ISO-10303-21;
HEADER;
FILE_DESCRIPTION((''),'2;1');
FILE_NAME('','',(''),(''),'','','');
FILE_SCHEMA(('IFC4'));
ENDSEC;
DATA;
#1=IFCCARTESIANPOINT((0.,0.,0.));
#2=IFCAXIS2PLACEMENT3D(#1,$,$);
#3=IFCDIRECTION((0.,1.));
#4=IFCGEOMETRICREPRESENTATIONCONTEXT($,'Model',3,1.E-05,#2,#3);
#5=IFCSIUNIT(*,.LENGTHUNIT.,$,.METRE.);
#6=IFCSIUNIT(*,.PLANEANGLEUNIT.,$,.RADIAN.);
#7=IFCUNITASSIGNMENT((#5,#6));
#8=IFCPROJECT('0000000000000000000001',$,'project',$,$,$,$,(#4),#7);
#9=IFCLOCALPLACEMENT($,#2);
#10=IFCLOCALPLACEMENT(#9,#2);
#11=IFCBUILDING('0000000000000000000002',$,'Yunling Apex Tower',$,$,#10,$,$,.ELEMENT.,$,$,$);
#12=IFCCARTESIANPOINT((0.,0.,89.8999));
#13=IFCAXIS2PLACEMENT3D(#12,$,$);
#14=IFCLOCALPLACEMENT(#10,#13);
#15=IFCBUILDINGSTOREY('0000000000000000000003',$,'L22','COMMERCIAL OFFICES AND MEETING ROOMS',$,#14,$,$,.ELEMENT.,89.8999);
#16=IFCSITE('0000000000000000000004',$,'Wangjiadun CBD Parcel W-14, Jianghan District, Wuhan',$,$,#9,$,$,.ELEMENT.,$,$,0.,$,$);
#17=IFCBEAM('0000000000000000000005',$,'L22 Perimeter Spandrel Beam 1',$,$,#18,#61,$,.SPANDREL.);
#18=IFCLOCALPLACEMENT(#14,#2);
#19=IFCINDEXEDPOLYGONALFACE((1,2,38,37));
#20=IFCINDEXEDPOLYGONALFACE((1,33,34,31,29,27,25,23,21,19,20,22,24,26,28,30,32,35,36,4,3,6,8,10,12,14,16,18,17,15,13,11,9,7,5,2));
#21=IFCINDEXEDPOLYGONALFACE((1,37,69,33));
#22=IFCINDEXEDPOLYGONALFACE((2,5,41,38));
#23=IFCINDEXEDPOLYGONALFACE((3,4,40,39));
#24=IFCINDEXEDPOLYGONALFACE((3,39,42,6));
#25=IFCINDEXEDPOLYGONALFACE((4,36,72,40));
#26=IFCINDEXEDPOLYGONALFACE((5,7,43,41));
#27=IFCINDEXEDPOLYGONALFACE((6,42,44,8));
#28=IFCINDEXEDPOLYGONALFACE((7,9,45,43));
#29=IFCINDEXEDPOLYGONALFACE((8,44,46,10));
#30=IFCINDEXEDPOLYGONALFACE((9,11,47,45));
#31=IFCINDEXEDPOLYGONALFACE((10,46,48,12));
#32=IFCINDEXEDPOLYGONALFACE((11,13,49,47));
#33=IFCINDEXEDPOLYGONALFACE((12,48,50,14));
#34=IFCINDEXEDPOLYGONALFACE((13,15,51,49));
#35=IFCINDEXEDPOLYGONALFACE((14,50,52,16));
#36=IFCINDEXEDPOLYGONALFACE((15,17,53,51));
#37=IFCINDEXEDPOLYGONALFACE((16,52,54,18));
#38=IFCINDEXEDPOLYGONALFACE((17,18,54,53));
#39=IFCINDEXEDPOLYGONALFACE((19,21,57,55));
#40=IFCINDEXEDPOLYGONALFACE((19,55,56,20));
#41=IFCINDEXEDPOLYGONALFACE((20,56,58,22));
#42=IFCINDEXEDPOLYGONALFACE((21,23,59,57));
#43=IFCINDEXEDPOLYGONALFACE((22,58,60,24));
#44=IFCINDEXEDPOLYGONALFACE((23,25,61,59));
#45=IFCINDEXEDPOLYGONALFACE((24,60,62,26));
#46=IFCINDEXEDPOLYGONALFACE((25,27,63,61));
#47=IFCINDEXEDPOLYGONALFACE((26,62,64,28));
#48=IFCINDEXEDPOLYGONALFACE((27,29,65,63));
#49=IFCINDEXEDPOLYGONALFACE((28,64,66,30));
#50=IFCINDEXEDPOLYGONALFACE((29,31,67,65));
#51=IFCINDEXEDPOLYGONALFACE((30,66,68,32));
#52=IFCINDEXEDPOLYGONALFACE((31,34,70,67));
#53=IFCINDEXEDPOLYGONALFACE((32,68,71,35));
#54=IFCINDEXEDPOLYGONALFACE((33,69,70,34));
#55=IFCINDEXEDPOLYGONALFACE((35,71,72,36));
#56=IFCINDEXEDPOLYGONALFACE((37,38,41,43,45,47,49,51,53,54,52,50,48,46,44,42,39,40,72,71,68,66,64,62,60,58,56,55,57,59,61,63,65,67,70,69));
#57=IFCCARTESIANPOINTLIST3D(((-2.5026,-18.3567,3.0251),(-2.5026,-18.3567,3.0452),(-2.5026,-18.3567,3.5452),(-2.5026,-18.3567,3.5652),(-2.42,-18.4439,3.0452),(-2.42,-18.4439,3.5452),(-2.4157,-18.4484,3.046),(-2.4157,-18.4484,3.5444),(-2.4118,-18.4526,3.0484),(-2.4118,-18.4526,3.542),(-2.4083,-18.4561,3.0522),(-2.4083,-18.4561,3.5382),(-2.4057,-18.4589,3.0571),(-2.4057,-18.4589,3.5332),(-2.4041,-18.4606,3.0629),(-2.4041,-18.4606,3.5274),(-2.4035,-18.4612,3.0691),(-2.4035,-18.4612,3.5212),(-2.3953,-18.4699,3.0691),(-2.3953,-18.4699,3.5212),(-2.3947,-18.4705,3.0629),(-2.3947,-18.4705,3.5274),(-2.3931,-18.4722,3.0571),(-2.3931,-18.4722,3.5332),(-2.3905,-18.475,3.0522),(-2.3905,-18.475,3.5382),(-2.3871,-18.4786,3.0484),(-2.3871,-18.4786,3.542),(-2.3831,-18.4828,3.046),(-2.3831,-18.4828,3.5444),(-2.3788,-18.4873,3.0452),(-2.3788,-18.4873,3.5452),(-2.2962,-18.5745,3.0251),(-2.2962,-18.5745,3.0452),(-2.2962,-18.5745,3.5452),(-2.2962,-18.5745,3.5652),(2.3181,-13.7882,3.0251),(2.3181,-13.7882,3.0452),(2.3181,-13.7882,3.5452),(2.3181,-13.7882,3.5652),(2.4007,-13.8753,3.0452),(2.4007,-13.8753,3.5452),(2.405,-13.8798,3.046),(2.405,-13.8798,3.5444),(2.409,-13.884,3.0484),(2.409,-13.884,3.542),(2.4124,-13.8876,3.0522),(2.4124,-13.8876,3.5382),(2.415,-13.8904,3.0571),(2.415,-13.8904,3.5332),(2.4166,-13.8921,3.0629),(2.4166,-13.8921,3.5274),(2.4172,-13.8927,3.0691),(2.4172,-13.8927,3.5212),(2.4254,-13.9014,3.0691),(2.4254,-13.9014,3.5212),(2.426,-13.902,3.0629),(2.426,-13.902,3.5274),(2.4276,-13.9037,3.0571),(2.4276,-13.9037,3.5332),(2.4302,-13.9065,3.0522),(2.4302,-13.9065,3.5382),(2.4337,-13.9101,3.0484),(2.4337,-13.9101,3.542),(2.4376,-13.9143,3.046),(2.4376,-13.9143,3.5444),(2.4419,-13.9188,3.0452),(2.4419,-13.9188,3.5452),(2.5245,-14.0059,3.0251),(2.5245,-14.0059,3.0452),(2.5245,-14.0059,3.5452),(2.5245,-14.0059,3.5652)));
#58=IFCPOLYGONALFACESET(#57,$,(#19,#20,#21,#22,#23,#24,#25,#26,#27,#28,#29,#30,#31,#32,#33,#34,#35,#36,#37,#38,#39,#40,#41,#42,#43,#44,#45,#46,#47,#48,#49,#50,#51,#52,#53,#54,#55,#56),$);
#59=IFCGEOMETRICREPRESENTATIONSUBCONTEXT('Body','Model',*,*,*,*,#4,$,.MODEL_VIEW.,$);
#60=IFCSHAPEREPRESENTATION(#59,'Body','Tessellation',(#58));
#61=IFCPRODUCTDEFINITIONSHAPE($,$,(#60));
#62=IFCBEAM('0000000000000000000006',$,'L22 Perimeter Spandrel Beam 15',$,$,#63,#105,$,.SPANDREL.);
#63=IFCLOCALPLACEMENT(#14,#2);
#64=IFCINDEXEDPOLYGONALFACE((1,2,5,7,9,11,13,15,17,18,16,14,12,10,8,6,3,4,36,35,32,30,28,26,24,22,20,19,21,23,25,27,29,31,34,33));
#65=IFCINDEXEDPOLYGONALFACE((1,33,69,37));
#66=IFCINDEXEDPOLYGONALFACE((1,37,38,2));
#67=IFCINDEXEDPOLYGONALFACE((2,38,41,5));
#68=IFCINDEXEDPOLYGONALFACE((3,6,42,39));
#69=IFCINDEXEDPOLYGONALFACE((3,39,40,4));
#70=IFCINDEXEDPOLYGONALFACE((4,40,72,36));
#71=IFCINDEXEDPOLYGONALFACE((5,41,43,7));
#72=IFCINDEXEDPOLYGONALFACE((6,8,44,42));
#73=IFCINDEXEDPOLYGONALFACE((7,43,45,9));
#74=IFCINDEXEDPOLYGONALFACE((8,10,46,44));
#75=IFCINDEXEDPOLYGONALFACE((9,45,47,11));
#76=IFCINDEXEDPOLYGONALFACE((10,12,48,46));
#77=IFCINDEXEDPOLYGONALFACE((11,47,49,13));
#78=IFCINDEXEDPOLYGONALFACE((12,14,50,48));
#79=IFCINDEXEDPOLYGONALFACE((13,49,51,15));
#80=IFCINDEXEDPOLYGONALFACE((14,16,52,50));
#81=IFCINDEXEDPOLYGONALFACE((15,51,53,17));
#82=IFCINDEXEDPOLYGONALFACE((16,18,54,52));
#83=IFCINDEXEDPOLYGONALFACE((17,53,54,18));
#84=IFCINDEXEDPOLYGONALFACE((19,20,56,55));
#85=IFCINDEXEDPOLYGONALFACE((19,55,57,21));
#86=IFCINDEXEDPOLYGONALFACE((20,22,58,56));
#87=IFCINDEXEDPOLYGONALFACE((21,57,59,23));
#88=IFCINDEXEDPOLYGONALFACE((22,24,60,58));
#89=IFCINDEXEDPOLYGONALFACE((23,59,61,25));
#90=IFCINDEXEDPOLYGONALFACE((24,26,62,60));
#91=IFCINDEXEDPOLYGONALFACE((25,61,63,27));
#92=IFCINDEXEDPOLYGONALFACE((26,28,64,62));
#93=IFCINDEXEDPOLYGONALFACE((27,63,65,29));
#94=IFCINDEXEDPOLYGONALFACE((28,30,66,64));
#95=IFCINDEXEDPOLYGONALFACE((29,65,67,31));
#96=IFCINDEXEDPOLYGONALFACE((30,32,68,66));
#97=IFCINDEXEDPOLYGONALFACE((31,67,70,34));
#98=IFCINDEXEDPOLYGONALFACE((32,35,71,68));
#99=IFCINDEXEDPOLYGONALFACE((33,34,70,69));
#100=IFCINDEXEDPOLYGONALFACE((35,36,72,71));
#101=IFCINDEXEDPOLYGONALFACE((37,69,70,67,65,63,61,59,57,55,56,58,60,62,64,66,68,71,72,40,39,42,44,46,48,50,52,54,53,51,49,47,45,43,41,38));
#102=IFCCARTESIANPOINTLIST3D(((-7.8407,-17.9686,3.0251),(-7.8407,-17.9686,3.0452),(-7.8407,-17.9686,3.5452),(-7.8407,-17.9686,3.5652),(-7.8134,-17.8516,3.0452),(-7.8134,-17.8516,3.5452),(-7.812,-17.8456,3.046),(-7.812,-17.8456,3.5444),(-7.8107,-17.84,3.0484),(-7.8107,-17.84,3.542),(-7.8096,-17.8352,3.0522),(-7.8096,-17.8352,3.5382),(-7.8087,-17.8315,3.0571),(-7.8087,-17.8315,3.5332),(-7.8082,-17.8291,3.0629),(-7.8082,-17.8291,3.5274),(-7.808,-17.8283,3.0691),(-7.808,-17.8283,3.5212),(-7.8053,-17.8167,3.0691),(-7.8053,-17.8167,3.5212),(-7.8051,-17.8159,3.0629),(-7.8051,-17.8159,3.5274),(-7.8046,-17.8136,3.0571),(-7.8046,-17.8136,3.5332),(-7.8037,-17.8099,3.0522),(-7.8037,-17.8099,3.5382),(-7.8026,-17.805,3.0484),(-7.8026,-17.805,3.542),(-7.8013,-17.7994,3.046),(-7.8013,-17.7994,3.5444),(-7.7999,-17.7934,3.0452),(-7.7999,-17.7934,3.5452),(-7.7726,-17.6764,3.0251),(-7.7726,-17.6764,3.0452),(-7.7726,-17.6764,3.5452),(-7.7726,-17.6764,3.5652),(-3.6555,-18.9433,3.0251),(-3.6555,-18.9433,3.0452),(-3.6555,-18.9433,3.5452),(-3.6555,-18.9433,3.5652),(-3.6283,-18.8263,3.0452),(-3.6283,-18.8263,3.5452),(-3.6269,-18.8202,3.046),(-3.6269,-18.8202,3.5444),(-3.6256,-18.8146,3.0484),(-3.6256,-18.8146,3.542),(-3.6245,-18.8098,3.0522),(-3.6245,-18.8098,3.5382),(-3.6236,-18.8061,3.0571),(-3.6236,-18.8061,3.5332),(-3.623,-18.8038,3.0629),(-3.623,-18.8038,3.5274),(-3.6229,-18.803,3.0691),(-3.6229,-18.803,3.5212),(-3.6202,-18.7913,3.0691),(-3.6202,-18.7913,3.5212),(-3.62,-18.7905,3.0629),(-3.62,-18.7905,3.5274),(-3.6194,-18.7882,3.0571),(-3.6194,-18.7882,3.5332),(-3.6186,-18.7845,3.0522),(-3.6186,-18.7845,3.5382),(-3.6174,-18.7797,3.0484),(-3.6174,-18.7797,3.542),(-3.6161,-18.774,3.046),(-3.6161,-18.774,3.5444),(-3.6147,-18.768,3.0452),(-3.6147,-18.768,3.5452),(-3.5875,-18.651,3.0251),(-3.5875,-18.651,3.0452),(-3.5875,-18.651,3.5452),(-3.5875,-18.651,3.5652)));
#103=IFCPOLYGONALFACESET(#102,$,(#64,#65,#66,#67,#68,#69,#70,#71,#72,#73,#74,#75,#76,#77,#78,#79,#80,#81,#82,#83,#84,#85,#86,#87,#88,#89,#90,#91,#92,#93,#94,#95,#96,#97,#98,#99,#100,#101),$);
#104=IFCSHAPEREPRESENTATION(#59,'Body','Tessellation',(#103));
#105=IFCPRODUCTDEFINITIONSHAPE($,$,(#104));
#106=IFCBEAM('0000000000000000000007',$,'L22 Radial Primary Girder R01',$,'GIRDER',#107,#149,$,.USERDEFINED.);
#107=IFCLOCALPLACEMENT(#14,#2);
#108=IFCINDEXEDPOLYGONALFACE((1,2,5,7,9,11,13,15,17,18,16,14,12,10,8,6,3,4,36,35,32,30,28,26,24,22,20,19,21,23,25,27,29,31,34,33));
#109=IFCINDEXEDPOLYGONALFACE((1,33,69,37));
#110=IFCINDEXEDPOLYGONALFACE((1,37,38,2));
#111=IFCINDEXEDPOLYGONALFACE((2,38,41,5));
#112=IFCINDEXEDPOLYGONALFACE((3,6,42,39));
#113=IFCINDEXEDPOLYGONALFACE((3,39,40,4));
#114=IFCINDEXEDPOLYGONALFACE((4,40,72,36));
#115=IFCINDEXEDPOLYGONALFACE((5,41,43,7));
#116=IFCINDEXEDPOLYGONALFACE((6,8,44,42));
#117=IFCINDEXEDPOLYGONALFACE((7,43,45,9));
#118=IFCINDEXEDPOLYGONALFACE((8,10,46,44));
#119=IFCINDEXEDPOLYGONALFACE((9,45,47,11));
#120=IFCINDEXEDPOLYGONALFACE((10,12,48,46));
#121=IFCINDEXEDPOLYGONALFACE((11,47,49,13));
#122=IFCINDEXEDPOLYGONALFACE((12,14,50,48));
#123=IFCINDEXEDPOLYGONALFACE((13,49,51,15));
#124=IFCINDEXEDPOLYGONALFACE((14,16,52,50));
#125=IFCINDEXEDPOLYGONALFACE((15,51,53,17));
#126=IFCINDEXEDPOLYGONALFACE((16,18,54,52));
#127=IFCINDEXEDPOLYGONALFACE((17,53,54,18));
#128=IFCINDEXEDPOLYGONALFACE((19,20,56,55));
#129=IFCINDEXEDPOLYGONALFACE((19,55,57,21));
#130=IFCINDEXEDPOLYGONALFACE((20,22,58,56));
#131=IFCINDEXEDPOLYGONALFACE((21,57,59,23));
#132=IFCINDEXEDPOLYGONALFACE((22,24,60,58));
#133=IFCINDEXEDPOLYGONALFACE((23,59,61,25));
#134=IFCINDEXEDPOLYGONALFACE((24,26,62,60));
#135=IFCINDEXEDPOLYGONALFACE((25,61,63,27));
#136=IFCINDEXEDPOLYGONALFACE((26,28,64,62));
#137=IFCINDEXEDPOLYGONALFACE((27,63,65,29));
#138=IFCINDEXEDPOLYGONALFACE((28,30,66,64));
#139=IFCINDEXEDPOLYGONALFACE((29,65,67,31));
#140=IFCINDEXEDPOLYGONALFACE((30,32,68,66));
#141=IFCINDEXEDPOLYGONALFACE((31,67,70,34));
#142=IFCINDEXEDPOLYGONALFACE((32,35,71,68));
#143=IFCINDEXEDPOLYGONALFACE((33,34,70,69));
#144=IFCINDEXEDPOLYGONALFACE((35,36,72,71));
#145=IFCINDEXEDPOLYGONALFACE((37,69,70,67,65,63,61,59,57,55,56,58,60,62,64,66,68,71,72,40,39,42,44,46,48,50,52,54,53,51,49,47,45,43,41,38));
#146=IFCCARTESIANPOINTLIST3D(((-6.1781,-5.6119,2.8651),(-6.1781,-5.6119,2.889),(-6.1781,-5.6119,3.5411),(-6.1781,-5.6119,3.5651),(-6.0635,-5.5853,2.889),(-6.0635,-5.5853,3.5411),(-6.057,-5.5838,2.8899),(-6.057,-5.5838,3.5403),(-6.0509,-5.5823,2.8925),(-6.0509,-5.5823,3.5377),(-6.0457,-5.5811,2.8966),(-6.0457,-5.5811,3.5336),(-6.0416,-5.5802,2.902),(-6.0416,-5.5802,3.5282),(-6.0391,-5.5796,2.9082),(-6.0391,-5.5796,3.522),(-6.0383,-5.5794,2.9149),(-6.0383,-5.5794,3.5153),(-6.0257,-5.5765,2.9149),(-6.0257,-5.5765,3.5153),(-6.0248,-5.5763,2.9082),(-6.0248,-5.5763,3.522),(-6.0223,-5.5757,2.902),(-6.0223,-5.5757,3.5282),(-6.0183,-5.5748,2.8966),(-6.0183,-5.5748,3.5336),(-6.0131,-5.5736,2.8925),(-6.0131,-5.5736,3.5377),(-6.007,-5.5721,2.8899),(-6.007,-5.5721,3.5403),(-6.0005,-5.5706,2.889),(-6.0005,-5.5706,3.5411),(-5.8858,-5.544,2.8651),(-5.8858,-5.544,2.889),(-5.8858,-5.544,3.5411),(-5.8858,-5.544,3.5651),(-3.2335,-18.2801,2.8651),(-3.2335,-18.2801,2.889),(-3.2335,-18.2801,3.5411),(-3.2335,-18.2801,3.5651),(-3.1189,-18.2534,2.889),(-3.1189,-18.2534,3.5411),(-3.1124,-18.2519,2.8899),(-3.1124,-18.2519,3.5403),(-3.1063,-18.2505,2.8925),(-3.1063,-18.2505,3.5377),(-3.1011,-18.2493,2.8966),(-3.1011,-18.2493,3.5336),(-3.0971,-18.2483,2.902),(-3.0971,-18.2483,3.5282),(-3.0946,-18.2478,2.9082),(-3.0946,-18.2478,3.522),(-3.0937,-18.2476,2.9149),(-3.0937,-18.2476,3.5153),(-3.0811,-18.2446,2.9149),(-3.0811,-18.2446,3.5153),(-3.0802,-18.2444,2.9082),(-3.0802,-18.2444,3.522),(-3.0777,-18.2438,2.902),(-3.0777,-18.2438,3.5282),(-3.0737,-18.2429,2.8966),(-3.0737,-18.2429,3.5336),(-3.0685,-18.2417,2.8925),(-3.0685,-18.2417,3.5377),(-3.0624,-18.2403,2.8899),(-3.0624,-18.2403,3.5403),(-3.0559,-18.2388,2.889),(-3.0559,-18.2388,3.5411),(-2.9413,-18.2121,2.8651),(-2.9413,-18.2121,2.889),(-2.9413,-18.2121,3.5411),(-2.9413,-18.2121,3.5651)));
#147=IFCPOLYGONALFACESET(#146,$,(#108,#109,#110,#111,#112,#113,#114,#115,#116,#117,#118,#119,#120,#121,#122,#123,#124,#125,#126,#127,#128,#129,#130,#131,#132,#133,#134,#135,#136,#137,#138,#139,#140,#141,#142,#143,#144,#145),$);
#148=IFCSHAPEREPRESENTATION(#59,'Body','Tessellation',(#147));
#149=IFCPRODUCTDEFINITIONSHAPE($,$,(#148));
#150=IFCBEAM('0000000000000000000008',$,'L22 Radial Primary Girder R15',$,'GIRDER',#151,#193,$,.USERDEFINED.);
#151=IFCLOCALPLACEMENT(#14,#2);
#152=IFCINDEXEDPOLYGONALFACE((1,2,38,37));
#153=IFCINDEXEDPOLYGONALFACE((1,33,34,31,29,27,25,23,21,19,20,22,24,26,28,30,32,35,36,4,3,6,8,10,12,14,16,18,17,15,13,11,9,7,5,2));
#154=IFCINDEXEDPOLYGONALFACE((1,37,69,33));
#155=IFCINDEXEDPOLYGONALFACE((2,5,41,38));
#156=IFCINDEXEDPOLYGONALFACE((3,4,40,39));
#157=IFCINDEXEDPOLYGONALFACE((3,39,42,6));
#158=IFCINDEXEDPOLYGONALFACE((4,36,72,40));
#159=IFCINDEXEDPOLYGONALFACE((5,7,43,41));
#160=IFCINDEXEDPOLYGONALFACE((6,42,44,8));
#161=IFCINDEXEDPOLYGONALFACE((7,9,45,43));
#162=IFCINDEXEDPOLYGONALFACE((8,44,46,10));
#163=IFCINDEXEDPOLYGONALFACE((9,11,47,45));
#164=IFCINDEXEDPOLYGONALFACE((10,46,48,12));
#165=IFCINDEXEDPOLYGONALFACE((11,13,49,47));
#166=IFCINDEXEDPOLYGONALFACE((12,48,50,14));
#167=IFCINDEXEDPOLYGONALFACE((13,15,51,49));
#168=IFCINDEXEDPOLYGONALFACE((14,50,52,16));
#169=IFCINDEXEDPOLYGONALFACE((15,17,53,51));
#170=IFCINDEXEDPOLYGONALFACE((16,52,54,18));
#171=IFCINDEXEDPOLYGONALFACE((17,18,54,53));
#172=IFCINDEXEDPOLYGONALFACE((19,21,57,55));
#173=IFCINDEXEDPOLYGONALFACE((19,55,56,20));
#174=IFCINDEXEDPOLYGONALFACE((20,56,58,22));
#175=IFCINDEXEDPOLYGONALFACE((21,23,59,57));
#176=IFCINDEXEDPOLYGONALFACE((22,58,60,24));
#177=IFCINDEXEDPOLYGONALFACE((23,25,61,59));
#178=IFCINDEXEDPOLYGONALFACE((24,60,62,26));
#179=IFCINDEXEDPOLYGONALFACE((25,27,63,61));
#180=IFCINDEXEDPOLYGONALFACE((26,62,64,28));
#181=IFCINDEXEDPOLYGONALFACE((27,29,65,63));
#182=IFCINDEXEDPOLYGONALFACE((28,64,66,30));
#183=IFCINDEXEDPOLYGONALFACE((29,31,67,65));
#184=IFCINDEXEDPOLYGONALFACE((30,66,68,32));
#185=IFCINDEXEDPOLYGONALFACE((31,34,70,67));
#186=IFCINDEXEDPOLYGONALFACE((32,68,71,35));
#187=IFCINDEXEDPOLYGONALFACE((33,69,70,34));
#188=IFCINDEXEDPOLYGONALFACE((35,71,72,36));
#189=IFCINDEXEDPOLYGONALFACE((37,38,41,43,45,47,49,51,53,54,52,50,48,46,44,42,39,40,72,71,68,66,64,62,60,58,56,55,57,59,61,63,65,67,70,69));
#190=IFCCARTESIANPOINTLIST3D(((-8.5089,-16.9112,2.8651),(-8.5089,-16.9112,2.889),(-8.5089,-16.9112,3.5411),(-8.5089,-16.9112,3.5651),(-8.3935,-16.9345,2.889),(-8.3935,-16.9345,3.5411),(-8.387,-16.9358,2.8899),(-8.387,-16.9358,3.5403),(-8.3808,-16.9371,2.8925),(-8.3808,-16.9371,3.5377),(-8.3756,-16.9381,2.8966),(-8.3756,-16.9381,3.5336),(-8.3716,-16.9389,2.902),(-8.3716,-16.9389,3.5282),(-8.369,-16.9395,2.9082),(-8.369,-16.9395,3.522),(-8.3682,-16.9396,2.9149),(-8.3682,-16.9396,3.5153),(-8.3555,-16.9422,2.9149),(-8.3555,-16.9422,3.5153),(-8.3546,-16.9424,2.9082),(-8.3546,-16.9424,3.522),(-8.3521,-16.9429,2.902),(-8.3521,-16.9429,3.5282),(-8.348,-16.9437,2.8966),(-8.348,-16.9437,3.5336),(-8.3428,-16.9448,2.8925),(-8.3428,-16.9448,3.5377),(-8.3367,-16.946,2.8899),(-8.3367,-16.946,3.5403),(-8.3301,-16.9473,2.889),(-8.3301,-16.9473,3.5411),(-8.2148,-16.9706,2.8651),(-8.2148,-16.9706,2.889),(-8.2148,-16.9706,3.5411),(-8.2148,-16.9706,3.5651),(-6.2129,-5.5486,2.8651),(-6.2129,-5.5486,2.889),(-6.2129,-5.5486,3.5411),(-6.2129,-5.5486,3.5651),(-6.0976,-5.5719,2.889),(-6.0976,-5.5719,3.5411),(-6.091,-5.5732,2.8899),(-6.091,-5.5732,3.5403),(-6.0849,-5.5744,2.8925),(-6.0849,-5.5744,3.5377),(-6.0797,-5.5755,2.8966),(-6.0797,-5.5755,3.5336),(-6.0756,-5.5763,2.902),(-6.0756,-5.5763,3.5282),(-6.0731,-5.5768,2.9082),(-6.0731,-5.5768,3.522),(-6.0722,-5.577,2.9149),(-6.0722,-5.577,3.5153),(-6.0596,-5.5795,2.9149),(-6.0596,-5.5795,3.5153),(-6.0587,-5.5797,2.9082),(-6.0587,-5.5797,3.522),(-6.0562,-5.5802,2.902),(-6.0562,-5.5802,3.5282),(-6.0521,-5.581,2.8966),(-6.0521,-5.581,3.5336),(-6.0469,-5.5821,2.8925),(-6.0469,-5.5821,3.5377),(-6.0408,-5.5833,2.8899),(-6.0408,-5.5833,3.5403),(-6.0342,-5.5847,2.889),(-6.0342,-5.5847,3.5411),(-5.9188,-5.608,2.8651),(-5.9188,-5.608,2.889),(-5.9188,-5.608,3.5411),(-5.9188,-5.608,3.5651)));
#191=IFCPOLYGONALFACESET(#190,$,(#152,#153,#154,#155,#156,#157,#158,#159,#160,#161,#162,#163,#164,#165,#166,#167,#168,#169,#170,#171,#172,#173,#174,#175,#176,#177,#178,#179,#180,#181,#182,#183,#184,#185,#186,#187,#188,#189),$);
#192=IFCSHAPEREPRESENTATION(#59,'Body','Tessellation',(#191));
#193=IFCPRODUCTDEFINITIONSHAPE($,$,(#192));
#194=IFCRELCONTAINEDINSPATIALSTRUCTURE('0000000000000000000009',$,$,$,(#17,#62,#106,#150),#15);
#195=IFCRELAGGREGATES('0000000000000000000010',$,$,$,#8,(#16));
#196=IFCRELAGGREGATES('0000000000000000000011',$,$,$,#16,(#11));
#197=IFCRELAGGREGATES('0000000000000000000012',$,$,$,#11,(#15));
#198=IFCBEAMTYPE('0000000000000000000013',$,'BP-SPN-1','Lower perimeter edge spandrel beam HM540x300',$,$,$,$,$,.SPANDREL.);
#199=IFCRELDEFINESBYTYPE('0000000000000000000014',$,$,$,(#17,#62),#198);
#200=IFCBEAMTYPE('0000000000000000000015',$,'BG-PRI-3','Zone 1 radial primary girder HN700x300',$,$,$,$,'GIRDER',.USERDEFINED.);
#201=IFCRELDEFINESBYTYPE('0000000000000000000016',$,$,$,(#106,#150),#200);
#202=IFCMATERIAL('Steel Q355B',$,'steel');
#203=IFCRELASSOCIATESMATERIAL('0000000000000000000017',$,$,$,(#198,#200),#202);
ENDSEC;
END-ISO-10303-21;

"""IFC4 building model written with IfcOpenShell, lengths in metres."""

from ifc_helpers import new_model, si_unit, direction, frame, origin, origin_2d, place, context, subcontext, project, spatial, i_section, extrude, source, transform, mapped, material, material_profile, profile_set, type_object, element, save


model = new_model("IFC4")

# Units and contexts
model_context = context("Model", 3, precision=1e-05, world=origin(), true_north=direction((0.0, 1.0)))
body_context = subcontext(model_context, "Body", "Model", "MODEL_VIEW")
ifc_project = project(units=[si_unit("LENGTHUNIT", "METRE"), si_unit("PLANEANGLEUNIT", "RADIAN")], contexts=[model_context])

# Site, building, storey
site_placement = place(None, origin())
site = spatial("IfcSite", under=ifc_project, at=site_placement, Name="Wangjiadun CBD Parcel W-14, Jianghan District, Wuhan", CompositionType="ELEMENT", RefElevation=0.0)
building_placement = place(site_placement, origin())
building = spatial("IfcBuilding", under=site, at=building_placement, Name="Yunling Apex Tower", CompositionType="ELEMENT")
storey_placement = place(building_placement, frame((0.0, 0.0, 89.8999)))
storey = spatial("IfcBuildingStorey", under=building, at=storey_placement, Name="L22", Description="COMMERCIAL OFFICES AND MEETING ROOMS", CompositionType="ELEMENT", Elevation=89.8999)

# Beams
ifc_material_1 = material(Name="Steel Q355B", Category="steel")
ifc_material_profile_1 = material_profile(ifc_material_1, i_section(OverallWidth=0.3, OverallDepth=0.54, WebThickness=0.012, FlangeThickness=0.02, FilletRadius=0.0239, at=origin_2d()))
ifc_profile_set_1 = profile_set([ifc_material_profile_1], Name="Steel Q355B")
beam_type_1 = type_object("IfcBeamType", Name="BP-SPN-1", Description="Lower perimeter edge spandrel beam HM540x300", PredefinedType="SPANDREL", material=ifc_profile_set_1)
shared_shape_1 = source(origin(), body_context, "Body", "SweptSolid", [
    extrude(i_section(OverallWidth=0.3, OverallDepth=0.54, WebThickness=0.012, FlangeThickness=0.02, FilletRadius=0.0239, at=origin_2d()), origin(), (0.0, 0.0, 1.0), 6.6416),
])
beam_1_placement = place(storey_placement, frame((-2.3994, -18.4656, 3.2952), z_axis=(0.725838, 0.687866, 0.0), x_axis=(-0.687866, 0.725838, 0.0)))
element("IfcBeam", 1, at=beam_1_placement, inside=storey, type_object=beam_type_1, Name="L22 Perimeter Spandrel Beam 1", PredefinedType="SPANDREL", context=body_context, shape_type="MappedRepresentation", body=[
    mapped(shared_shape_1, transform((0.0, 0.0, 0.0), scale=1.0)),
])
shared_shape_2 = source(origin(), body_context, "Body", "SweptSolid", [
    extrude(i_section(OverallWidth=0.3, OverallDepth=0.54, WebThickness=0.012, FlangeThickness=0.02, FilletRadius=0.0239, at=origin_2d()), origin(), (0.0, 0.0, 1.0), 4.2971),
])
beam_2_placement = place(storey_placement, frame((-7.8066, -17.8225, 3.2952), z_axis=(0.973939, -0.226809, 0.0), x_axis=(0.226809, 0.973939, 0.0)))
element("IfcBeam", 2, at=beam_2_placement, inside=storey, type_object=beam_type_1, Name="L22 Perimeter Spandrel Beam 15", PredefinedType="SPANDREL", context=body_context, shape_type="MappedRepresentation", body=[
    mapped(shared_shape_2, transform((0.0, 0.0, 0.0), scale=1.0)),
])
ifc_material_profile_2 = material_profile(ifc_material_1, i_section(OverallWidth=0.3, OverallDepth=0.7, WebThickness=0.0129, FlangeThickness=0.0239, FilletRadius=0.0259, at=origin_2d()))
ifc_profile_set_2 = profile_set([ifc_material_profile_2], Name="Steel Q355B")
beam_type_2 = type_object("IfcBeamType", Name="BG-PRI-3", Description="Zone 1 radial primary girder HN700x300", ElementType="GIRDER", PredefinedType="USERDEFINED", material=ifc_profile_set_2)
shared_shape_3 = source(origin(), body_context, "Body", "SweptSolid", [
    extrude(i_section(OverallWidth=0.3, OverallDepth=0.7, WebThickness=0.0129, FlangeThickness=0.0239, FilletRadius=0.0259, at=origin_2d()), origin(), (0.0, 0.0, 1.0), 13.0059),
])
beam_3_placement = place(storey_placement, frame((-3.0874, -18.2461, 3.2151), z_axis=(-0.226403, 0.974034, 0.0), x_axis=(-0.974034, -0.226403, 0.0)))
element("IfcBeam", 3, at=beam_3_placement, inside=storey, type_object=beam_type_2, Name="L22 Radial Primary Girder R01", ObjectType="GIRDER", PredefinedType="USERDEFINED", context=body_context, shape_type="MappedRepresentation", body=[
    mapped(shared_shape_3, transform((0.0, 0.0, 0.0), scale=1.0)),
])
shared_shape_4 = source(origin(), body_context, "Body", "SweptSolid", [
    extrude(i_section(OverallWidth=0.3, OverallDepth=0.7, WebThickness=0.0129, FlangeThickness=0.0239, FilletRadius=0.0259, at=origin_2d()), origin(), (0.0, 0.0, 1.0), 11.5923),
])
beam_4_placement = place(storey_placement, frame((-8.3618, -16.9409, 3.2151), z_axis=(0.198056, 0.980191, 0.0), x_axis=(-0.980191, 0.198056, 0.0)))
element("IfcBeam", 4, at=beam_4_placement, inside=storey, type_object=beam_type_2, Name="L22 Radial Primary Girder R15", ObjectType="GIRDER", PredefinedType="USERDEFINED", context=body_context, shape_type="MappedRepresentation", body=[
    mapped(shared_shape_4, transform((0.0, 0.0, 0.0), scale=1.0)),
])

save(model, "model.ifc")
